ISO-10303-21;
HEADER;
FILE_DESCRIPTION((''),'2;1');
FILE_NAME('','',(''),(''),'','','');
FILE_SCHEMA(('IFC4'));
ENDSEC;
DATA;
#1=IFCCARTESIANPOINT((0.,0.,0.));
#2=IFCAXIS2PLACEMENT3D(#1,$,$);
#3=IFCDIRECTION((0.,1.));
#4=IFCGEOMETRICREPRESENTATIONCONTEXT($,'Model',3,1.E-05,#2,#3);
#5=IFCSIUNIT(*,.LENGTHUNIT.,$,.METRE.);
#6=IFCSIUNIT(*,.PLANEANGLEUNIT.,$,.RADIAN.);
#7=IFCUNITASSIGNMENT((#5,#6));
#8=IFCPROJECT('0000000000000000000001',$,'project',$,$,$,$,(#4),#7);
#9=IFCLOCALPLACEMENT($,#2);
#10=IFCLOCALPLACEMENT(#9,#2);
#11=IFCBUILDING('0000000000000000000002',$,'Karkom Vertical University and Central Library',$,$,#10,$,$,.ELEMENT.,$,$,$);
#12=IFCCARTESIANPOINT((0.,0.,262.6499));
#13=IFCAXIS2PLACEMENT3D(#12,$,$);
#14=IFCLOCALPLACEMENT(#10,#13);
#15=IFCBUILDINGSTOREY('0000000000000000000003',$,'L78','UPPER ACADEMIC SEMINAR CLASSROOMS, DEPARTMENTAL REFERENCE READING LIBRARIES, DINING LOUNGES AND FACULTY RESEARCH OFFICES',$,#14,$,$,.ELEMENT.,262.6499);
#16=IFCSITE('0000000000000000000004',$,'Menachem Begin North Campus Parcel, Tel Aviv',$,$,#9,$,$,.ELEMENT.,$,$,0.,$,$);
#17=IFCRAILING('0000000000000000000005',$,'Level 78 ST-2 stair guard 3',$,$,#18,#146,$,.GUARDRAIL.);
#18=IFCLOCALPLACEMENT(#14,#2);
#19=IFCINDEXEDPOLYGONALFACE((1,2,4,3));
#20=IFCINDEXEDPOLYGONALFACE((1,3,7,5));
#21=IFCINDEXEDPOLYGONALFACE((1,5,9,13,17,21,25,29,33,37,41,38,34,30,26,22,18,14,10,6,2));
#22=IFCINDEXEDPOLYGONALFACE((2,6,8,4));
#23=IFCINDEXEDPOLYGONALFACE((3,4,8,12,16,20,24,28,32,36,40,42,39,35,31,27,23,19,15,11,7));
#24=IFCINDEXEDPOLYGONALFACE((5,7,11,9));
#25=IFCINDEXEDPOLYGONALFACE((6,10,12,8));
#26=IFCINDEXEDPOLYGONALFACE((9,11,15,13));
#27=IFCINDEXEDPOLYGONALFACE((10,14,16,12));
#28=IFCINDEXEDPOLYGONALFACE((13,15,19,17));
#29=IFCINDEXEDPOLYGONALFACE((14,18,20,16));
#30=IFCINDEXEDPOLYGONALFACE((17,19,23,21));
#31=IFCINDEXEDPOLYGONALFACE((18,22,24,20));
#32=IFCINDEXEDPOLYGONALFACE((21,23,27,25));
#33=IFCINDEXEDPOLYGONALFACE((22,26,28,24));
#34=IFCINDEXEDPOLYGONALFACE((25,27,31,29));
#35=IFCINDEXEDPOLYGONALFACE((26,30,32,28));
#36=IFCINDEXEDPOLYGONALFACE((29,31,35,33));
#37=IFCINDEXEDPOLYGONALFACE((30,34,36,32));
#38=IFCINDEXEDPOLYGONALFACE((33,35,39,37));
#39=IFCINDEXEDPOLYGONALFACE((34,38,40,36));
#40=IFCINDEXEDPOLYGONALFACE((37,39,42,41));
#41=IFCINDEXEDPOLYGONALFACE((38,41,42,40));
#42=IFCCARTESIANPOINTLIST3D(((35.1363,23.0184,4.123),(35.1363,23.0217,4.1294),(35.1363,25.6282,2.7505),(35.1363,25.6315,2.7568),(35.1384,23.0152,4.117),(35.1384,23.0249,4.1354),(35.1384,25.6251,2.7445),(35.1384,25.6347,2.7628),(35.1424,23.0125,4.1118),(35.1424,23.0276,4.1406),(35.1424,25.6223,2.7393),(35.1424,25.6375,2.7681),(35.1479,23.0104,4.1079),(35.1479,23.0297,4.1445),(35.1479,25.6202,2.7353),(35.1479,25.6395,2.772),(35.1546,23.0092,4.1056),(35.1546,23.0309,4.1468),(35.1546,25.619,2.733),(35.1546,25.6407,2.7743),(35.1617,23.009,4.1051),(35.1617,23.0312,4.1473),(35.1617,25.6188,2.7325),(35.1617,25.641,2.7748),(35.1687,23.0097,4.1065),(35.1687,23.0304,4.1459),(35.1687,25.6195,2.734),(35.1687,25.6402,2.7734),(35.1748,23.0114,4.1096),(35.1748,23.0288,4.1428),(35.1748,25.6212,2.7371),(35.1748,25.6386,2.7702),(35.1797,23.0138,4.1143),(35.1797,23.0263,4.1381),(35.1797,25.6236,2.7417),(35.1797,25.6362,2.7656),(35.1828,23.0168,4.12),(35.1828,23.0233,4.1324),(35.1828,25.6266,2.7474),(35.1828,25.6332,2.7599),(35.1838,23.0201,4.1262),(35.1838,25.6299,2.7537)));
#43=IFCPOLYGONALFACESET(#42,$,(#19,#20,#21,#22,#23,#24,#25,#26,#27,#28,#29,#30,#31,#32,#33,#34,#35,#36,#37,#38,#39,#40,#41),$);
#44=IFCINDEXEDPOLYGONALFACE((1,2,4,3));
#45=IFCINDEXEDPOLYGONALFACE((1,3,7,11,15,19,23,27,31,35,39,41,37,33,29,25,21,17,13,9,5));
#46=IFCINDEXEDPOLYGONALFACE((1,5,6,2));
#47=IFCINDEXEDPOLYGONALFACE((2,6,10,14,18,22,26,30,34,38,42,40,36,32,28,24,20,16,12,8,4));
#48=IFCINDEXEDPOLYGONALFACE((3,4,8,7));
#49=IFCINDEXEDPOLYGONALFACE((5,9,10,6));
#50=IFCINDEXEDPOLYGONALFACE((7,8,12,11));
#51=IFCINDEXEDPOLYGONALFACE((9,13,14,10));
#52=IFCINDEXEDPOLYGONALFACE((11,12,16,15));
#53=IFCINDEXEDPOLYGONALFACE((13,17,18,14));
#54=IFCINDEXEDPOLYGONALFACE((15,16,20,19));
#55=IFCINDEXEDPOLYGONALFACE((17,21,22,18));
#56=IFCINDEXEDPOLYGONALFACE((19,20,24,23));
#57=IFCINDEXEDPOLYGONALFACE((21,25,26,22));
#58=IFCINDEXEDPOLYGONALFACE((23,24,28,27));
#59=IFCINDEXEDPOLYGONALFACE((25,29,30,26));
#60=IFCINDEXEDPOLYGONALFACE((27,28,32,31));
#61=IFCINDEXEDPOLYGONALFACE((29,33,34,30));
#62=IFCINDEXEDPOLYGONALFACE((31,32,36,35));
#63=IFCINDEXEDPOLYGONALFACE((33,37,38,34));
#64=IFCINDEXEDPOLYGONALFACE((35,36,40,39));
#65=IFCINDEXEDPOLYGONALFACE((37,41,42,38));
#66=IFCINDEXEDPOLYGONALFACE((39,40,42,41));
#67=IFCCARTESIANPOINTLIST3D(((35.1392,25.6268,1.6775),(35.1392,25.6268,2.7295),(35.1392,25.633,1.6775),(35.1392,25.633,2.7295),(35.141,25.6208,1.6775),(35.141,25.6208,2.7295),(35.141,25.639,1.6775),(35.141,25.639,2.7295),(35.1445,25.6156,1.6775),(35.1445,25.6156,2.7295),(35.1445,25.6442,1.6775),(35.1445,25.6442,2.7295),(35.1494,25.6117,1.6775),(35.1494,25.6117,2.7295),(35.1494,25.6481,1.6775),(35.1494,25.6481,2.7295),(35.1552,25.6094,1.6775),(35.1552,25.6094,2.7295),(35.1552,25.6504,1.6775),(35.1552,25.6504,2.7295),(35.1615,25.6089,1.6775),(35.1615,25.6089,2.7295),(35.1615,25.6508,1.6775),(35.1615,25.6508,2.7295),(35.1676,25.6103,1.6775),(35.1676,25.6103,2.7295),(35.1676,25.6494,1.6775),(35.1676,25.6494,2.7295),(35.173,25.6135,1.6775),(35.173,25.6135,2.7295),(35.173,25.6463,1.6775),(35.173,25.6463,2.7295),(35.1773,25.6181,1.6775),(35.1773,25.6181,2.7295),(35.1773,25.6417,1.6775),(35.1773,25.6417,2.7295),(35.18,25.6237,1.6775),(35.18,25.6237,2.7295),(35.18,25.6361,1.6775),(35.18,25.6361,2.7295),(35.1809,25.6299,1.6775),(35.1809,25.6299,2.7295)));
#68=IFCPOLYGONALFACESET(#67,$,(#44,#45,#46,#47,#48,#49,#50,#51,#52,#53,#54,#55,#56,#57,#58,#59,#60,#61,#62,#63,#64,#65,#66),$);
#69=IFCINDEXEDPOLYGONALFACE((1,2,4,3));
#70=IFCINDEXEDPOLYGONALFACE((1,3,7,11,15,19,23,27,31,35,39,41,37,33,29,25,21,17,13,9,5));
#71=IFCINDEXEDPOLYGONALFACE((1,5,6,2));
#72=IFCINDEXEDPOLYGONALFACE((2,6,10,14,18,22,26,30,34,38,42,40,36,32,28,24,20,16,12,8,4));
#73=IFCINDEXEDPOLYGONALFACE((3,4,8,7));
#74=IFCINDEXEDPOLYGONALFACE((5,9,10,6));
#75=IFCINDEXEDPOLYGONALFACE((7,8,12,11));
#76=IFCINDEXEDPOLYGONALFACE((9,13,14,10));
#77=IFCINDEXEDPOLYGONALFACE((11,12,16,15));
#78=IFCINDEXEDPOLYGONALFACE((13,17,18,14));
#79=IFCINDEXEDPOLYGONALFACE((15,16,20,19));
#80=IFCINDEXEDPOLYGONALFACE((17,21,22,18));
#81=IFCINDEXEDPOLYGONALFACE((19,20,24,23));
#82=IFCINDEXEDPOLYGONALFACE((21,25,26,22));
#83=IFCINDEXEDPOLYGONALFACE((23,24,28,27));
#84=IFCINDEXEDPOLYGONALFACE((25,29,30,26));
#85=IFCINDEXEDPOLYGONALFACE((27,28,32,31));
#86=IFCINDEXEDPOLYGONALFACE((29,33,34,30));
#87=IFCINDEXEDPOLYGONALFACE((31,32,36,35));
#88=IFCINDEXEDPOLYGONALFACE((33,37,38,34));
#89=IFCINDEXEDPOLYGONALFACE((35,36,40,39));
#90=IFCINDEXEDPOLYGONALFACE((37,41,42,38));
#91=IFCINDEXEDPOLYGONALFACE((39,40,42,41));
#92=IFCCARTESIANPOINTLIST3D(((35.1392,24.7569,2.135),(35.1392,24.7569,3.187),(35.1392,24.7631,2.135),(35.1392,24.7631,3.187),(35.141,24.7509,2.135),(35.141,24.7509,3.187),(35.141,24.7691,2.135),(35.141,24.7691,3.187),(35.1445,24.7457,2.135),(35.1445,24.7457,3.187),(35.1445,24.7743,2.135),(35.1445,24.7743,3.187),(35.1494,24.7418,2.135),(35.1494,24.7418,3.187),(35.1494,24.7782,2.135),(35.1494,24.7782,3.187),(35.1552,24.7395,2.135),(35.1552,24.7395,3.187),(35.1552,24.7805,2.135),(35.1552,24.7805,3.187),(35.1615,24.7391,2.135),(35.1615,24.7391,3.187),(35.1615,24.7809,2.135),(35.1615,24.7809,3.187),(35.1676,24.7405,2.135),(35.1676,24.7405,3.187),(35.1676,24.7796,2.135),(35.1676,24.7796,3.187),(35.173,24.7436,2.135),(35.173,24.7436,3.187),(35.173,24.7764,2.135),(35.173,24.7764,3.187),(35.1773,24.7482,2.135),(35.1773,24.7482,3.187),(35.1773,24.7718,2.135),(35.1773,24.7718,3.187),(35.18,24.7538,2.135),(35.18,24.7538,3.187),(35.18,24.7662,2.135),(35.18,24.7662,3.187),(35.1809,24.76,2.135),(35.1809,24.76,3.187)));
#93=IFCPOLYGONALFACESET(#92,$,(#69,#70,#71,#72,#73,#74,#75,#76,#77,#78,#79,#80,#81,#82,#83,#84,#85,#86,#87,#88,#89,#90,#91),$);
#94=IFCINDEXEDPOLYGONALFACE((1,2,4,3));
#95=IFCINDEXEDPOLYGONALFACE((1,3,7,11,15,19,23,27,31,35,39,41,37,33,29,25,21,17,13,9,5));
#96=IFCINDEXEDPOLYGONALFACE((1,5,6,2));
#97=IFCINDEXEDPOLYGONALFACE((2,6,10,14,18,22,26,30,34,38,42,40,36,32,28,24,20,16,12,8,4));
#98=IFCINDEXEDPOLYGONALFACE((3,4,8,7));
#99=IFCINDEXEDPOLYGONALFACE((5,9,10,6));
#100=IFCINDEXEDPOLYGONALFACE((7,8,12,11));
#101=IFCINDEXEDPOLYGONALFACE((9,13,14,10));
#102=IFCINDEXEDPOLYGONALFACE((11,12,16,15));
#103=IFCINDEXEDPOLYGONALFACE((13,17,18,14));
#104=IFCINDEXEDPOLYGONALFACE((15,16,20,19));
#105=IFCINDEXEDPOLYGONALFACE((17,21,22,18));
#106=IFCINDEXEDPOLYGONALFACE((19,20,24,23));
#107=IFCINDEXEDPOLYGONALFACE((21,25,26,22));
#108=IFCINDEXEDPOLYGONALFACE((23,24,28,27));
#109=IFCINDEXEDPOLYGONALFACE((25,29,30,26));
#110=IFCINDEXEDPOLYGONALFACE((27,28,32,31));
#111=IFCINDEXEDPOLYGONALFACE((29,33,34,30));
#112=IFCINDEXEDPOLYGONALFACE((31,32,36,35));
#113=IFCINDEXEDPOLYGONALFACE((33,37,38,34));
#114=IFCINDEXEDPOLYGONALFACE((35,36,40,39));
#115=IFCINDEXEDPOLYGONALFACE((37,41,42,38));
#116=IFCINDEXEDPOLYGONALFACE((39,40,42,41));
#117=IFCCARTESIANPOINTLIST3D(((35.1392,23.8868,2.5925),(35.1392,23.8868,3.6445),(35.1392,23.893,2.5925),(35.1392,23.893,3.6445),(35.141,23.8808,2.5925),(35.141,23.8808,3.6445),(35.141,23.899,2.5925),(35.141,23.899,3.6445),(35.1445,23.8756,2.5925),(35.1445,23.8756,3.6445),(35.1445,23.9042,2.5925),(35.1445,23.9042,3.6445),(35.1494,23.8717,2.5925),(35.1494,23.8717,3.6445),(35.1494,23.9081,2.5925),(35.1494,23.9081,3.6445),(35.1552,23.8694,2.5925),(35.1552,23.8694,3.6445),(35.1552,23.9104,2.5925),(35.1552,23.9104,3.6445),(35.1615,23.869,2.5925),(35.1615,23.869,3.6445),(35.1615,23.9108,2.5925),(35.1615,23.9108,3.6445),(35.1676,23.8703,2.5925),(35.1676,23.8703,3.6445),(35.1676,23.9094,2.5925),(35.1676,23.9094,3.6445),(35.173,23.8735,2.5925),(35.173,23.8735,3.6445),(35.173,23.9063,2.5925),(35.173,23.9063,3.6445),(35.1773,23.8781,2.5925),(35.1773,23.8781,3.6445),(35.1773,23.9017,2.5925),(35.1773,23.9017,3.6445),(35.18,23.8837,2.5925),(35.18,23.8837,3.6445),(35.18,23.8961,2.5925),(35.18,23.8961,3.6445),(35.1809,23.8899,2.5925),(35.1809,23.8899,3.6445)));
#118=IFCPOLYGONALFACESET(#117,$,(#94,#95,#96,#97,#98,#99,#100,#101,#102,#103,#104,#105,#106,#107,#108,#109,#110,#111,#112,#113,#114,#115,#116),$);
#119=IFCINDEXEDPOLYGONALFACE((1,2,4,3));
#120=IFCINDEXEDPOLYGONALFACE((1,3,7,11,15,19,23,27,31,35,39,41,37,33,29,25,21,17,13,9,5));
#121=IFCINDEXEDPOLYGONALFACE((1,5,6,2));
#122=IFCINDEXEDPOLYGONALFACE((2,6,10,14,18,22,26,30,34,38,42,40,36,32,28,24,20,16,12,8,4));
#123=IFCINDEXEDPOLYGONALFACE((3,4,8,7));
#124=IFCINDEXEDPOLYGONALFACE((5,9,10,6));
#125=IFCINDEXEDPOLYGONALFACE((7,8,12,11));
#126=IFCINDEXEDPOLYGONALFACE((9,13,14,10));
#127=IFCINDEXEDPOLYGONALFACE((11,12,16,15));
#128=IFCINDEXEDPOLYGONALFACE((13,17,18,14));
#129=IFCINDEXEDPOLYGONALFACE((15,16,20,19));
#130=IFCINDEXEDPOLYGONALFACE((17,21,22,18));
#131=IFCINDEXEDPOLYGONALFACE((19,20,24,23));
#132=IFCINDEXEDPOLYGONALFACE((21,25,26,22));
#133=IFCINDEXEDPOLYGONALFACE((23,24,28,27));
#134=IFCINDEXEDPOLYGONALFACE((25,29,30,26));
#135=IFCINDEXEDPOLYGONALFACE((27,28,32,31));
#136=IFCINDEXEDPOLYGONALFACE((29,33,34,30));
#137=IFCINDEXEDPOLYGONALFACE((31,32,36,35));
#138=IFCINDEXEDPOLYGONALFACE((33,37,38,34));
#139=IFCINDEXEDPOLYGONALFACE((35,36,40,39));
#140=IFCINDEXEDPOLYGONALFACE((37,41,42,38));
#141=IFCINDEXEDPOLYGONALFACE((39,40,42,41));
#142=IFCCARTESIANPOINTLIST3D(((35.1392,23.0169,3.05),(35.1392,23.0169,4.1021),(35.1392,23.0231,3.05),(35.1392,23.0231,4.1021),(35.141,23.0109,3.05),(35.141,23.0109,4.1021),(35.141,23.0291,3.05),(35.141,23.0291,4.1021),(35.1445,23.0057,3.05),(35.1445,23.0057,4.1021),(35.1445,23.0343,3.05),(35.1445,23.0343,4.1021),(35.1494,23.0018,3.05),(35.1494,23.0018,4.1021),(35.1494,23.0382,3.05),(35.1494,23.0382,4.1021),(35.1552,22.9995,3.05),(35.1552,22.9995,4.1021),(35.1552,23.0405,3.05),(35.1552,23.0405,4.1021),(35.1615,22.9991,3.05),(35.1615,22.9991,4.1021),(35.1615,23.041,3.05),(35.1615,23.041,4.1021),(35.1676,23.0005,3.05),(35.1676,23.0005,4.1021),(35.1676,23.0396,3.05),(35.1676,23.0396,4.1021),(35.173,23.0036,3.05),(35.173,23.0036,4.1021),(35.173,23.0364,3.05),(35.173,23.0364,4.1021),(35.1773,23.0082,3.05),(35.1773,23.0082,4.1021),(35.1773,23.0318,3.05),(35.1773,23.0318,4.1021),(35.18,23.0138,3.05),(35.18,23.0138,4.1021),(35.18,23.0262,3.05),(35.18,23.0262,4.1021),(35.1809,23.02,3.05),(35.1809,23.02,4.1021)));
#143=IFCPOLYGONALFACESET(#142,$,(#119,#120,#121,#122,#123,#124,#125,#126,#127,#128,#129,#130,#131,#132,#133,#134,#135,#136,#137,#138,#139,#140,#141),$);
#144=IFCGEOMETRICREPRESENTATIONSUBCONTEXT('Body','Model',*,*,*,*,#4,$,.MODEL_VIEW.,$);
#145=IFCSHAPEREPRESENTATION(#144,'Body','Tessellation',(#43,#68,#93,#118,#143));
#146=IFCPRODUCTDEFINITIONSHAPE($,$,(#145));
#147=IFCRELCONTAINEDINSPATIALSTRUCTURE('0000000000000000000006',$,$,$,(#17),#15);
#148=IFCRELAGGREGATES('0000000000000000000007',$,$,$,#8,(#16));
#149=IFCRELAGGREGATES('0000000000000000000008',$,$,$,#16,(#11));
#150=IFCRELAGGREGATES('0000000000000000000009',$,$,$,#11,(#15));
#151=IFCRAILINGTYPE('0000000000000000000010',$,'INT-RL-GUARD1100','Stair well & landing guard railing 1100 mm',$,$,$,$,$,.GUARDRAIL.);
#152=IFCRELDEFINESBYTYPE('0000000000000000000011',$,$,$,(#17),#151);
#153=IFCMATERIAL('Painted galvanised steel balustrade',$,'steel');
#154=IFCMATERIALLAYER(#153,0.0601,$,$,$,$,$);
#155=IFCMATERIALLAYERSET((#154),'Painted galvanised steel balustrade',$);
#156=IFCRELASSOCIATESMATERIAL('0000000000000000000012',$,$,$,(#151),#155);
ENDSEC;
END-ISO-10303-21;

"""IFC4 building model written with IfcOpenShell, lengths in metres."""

from ifc_helpers import new_model, si_unit, direction, frame, origin, origin_2d, place, context, subcontext, project, spatial, circle, extrude, material, layer, layer_set, type_object, element, save


model = new_model("IFC4")

# Units and contexts
model_context = context("Model", 3, precision=1e-05, world=origin(), true_north=direction((0.0, 1.0)))
body_context = subcontext(model_context, "Body", "Model", "MODEL_VIEW")
ifc_project = project(units=[si_unit("LENGTHUNIT", "METRE"), si_unit("PLANEANGLEUNIT", "RADIAN")], contexts=[model_context])

# Site, building, storey
site_placement = place(None, origin())
site = spatial("IfcSite", under=ifc_project, at=site_placement, Name="Menachem Begin North Campus Parcel, Tel Aviv", CompositionType="ELEMENT", RefElevation=0.0)
building_placement = place(site_placement, origin())
building = spatial("IfcBuilding", under=site, at=building_placement, Name="Karkom Vertical University and Central Library", CompositionType="ELEMENT")
storey_placement = place(building_placement, frame((0.0, 0.0, 262.6499)))
storey = spatial("IfcBuildingStorey", under=building, at=storey_placement, Name="L78", Description="UPPER ACADEMIC SEMINAR CLASSROOMS, DEPARTMENTAL REFERENCE READING LIBRARIES, DINING LOUNGES AND FACULTY RESEARCH OFFICES", CompositionType="ELEMENT", Elevation=262.6499)

# Railing
ifc_material_1 = material(Name="Painted galvanised steel balustrade", Category="steel")
ifc_layer_1 = layer(ifc_material_1, 0.0601)
ifc_layer_set_1 = layer_set([ifc_layer_1], Name="Painted galvanised steel balustrade")
railing_type_1 = type_object("IfcRailingType", Name="INT-RL-GUARD1100", Description="Stair well & landing guard railing 1100 mm", PredefinedType="GUARDRAIL", material=ifc_layer_set_1)
railing_1_placement = place(storey_placement, frame((35.1599, 25.6299, 1.6775)))
element("IfcRailing", 1, at=railing_1_placement, inside=storey, type_object=railing_type_1, Name="Level 78 ST-2 stair guard 3", PredefinedType="GUARDRAIL", context=body_context, shape_type="SweptSolid", body=[
    extrude(circle(Radius=0.0239, at=origin_2d()), frame((0.0, 0.0, 1.0762), z_axis=(0.0, -0.885065, 0.465467), x_axis=(1.0, 0.0, 0.0)), (0.0, 0.0, 1.0), 2.9487),
    extrude(circle(Radius=0.021, at=origin_2d()), origin(), (0.0, 0.0, 1.0), 1.052),
    extrude(circle(Radius=0.021, at=origin_2d()), frame((0.0, -0.8699, 0.4575)), (0.0, 0.0, 1.0), 1.052),
    extrude(circle(Radius=0.021, at=origin_2d()), frame((0.0, -1.74, 0.915)), (0.0, 0.0, 1.0), 1.052),
    extrude(circle(Radius=0.021, at=origin_2d()), frame((0.0, -2.6099, 1.3726)), (0.0, 0.0, 1.0), 1.052),
])

save(model, "model.ifc")
